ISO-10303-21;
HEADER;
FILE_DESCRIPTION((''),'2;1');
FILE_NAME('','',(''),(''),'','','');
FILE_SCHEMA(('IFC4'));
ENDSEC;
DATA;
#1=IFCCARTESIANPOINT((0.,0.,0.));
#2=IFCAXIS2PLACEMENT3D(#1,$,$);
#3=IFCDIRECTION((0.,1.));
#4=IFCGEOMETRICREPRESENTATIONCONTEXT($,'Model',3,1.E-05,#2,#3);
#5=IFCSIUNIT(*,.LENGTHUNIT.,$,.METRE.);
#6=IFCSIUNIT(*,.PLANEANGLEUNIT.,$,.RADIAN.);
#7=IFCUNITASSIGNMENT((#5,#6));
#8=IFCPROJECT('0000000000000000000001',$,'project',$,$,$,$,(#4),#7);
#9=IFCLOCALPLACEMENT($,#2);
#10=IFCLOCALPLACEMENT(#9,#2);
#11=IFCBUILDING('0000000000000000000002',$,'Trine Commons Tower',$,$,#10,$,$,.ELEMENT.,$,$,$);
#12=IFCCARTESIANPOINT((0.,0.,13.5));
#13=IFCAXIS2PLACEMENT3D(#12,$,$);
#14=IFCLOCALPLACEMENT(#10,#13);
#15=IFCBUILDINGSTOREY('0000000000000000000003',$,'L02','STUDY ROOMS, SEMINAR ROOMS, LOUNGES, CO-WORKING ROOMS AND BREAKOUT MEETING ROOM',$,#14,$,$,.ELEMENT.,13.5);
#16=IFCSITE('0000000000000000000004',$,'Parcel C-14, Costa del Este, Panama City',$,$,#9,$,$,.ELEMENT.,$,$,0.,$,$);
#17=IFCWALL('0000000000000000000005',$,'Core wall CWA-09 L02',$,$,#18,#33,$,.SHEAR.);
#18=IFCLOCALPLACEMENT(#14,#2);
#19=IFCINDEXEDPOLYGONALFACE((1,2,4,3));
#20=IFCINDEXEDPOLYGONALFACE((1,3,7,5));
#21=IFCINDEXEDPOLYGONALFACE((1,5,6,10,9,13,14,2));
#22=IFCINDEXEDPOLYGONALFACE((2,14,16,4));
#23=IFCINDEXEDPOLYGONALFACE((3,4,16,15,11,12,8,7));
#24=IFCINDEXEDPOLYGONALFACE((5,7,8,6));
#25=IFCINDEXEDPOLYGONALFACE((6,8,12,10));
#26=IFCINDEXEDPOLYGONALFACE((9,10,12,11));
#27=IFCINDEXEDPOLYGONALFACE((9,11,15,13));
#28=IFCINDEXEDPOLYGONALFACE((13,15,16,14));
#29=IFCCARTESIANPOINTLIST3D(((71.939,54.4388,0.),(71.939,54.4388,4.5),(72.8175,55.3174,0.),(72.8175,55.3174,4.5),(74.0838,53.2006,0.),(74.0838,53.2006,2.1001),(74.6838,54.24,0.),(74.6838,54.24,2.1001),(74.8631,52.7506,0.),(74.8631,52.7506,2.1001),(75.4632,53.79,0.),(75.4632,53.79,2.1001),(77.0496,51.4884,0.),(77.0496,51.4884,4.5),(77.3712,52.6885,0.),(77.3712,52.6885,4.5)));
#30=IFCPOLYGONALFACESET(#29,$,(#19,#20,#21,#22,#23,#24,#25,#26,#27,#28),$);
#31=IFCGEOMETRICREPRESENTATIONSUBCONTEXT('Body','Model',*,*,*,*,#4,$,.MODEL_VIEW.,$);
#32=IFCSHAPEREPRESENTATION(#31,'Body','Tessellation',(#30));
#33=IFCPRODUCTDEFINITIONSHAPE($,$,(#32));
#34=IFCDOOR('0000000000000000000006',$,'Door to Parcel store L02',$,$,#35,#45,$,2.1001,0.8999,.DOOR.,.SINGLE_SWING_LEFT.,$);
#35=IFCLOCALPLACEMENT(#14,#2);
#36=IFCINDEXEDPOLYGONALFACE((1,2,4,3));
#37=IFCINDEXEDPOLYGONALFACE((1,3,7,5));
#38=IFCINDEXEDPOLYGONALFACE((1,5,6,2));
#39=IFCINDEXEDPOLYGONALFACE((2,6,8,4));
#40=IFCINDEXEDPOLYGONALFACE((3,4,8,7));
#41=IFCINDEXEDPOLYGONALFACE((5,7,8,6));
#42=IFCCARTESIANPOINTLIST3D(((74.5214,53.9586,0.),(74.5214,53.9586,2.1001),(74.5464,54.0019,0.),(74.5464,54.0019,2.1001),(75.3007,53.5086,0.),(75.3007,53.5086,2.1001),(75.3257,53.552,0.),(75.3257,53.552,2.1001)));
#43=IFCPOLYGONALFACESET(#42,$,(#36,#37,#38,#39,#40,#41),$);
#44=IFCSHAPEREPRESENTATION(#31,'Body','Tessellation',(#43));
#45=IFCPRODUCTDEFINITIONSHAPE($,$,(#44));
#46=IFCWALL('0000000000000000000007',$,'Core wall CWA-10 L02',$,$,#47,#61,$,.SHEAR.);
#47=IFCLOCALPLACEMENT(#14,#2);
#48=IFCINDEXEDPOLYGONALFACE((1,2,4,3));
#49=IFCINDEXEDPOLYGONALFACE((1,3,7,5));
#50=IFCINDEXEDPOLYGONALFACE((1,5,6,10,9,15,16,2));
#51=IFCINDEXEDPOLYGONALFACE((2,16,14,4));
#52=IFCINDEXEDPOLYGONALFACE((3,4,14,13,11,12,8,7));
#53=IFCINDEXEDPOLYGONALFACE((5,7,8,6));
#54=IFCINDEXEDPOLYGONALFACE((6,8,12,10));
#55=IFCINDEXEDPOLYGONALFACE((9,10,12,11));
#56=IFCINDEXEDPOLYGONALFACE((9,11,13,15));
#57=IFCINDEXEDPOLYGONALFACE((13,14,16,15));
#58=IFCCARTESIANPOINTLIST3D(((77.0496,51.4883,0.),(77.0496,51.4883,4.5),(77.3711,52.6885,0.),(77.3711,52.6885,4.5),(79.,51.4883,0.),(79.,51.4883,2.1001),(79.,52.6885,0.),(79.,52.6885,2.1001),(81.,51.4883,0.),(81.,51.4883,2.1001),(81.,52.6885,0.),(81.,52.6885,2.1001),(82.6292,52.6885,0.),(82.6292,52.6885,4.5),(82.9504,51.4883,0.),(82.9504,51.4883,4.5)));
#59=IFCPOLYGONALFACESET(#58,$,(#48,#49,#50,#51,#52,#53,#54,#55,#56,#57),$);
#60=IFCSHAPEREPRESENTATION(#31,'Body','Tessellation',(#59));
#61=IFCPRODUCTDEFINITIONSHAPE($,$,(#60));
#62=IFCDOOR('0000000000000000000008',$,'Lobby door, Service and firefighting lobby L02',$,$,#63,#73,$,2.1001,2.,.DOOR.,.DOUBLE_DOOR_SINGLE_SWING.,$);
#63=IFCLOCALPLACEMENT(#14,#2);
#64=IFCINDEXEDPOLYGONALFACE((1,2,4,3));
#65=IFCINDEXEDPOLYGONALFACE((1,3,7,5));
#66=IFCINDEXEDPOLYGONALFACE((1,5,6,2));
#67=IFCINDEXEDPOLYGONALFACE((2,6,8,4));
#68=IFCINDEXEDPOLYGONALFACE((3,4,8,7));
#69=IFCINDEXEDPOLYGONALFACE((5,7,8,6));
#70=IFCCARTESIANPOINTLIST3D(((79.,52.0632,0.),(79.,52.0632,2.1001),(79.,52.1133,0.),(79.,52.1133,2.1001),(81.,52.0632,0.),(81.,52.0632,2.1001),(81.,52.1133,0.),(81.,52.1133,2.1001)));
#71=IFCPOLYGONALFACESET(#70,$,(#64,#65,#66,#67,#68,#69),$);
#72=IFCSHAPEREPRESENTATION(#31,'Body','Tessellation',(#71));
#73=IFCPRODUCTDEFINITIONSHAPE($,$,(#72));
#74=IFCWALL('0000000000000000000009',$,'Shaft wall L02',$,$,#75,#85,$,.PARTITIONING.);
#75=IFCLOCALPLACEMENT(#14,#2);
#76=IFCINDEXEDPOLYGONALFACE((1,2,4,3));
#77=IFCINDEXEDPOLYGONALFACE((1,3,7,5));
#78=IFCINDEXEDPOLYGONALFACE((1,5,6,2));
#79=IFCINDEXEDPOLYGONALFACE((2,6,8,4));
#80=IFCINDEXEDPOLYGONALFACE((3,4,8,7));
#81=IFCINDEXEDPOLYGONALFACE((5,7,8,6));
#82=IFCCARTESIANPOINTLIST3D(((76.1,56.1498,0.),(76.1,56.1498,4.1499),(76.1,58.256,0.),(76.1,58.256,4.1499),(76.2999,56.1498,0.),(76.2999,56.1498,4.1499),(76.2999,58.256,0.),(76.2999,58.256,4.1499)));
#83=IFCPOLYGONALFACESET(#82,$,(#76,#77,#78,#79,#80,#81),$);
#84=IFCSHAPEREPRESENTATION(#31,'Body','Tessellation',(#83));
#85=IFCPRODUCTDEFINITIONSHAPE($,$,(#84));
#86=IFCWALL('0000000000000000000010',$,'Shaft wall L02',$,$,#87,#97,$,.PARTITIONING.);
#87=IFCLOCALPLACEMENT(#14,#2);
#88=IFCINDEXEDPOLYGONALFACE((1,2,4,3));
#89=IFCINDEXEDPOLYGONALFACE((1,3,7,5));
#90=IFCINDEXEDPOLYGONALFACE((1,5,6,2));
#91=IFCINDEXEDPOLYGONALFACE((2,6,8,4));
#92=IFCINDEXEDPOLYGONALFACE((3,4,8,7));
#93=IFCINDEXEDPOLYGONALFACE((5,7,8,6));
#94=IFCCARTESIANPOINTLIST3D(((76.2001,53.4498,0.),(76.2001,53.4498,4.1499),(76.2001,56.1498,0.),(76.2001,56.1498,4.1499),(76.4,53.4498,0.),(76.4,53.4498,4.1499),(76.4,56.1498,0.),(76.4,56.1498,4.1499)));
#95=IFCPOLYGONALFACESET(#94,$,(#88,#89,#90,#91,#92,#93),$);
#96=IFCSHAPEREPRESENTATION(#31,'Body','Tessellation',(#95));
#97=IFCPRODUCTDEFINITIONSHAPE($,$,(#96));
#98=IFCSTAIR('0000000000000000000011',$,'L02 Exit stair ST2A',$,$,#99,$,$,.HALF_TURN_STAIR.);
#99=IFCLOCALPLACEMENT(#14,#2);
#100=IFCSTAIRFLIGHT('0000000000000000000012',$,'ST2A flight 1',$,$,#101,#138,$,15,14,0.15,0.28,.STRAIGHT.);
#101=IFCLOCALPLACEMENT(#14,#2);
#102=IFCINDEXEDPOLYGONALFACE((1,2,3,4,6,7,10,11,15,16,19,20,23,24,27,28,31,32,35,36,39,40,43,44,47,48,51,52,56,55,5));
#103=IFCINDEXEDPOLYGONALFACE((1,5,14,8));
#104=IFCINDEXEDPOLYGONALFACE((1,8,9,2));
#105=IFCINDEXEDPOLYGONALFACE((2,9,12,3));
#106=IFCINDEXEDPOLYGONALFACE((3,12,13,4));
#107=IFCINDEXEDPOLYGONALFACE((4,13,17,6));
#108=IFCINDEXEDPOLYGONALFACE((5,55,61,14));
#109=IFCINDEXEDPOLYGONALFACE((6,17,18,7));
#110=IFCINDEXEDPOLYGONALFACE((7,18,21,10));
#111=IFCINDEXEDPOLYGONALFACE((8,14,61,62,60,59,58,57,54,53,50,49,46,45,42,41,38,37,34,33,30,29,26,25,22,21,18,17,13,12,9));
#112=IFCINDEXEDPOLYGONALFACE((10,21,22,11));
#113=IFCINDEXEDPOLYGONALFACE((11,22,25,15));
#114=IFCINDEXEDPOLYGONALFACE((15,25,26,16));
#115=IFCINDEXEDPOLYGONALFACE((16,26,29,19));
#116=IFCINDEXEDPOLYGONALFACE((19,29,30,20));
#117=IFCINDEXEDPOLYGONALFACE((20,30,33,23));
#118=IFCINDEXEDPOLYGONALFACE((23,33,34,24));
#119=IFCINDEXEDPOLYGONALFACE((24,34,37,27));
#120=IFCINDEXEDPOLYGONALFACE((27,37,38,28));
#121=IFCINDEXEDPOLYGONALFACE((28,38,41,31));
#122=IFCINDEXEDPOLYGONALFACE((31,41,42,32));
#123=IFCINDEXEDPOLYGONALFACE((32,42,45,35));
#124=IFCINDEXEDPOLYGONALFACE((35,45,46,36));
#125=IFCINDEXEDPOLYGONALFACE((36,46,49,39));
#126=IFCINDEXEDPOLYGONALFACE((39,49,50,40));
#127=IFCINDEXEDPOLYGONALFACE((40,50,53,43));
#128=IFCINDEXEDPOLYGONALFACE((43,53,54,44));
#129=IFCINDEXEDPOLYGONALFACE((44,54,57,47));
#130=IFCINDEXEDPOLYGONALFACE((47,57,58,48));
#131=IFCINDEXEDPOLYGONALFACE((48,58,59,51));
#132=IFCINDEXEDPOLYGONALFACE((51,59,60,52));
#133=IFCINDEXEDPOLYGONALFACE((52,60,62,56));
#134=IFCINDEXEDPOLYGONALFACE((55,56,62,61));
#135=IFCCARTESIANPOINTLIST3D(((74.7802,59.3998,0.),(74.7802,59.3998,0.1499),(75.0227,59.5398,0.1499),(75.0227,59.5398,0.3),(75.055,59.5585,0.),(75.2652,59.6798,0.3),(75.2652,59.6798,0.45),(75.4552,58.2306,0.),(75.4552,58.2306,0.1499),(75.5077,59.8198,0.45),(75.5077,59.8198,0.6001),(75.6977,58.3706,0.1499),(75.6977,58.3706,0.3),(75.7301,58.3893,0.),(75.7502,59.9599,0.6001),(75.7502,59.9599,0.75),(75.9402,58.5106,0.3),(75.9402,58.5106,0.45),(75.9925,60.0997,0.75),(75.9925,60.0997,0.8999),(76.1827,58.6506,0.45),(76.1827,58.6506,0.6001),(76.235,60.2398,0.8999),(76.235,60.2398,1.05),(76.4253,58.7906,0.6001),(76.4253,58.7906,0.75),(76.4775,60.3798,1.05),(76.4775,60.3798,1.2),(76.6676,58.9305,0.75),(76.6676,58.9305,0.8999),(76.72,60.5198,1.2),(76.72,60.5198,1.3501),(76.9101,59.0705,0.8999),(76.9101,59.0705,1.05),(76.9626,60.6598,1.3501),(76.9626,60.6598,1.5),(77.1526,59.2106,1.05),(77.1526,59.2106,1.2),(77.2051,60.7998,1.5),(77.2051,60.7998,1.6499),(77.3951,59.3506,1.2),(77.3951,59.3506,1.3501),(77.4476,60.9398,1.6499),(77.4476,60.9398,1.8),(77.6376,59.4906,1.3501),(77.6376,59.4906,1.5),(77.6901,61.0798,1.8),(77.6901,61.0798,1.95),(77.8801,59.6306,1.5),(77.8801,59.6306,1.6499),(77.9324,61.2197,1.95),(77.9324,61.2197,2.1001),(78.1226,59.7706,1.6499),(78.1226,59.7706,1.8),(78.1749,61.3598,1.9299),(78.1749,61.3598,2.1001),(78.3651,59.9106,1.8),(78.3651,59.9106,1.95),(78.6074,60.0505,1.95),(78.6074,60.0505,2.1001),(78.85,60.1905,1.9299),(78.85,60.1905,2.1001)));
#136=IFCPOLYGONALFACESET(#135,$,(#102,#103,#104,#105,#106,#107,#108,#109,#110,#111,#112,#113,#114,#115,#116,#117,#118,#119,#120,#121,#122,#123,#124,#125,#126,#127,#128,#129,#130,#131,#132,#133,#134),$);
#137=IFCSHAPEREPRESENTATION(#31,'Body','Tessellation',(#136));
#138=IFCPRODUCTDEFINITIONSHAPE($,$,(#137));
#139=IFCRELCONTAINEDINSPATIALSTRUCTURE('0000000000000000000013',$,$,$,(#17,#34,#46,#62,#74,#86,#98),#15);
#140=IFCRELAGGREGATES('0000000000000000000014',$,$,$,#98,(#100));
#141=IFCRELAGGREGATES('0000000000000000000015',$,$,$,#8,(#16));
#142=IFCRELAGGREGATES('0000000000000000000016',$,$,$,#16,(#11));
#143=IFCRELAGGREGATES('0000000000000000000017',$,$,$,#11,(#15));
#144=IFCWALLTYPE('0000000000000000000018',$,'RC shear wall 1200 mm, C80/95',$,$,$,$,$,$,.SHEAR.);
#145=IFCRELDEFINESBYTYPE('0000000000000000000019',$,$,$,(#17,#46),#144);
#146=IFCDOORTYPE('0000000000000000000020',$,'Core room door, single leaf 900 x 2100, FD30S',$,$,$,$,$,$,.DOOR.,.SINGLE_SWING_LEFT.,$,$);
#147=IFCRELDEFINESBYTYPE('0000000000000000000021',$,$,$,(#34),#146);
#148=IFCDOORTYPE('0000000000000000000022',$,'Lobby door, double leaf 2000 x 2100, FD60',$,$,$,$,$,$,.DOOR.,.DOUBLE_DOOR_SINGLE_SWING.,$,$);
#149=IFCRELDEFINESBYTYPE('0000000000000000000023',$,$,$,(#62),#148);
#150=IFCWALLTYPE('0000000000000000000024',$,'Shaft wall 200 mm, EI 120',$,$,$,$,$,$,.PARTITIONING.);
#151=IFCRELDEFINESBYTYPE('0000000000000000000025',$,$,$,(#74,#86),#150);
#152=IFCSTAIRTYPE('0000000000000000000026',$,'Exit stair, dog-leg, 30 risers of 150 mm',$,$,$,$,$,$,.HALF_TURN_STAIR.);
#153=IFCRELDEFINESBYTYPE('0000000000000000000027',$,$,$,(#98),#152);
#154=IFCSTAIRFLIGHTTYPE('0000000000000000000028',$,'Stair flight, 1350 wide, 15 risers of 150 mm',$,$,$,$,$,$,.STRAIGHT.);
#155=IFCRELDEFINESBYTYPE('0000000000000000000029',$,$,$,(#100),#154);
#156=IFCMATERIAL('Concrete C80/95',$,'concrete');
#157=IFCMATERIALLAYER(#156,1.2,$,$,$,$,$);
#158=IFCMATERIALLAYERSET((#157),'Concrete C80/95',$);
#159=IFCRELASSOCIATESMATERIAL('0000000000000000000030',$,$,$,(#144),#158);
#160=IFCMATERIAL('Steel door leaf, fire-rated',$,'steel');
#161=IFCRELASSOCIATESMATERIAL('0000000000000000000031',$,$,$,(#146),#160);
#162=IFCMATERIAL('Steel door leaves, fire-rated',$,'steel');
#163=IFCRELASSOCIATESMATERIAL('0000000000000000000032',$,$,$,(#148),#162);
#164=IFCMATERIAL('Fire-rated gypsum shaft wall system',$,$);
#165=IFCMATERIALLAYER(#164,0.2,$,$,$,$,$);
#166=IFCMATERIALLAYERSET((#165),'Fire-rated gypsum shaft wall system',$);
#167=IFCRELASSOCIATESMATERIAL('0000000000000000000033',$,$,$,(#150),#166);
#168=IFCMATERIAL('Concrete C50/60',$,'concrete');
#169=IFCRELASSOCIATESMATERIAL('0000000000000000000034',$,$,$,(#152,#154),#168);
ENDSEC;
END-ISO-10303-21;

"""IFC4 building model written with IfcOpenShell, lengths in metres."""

from ifc_helpers import new_model, si_unit, direction, frame, frame_2d, origin, place, context, subcontext, project, spatial, polyline, rectangle, outline, extrude, material, layer, layer_set, type_object, element, fill, aggregate, save


model = new_model("IFC4")

# Units and contexts
model_context = context("Model", 3, precision=1e-05, world=origin(), true_north=direction((0.0, 1.0)))
body_context = subcontext(model_context, "Body", "Model", "MODEL_VIEW")
ifc_project = project(units=[si_unit("LENGTHUNIT", "METRE"), si_unit("PLANEANGLEUNIT", "RADIAN")], contexts=[model_context])

# Site, building, storey
site_placement = place(None, origin())
site = spatial("IfcSite", under=ifc_project, at=site_placement, Name="Parcel C-14, Costa del Este, Panama City", CompositionType="ELEMENT", RefElevation=0.0)
building_placement = place(site_placement, origin())
building = spatial("IfcBuilding", under=site, at=building_placement, Name="Trine Commons Tower", CompositionType="ELEMENT")
storey_placement = place(building_placement, frame((0.0, 0.0, 13.5)))
storey = spatial("IfcBuildingStorey", under=building, at=storey_placement, Name="L02", Description="STUDY ROOMS, SEMINAR ROOMS, LOUNGES, CO-WORKING ROOMS AND BREAKOUT MEETING ROOM", CompositionType="ELEMENT", Elevation=13.5)

# Shared definitions
ifc_material_1 = material(Name="Concrete C80/95", Category="concrete")

# Shared definitions
ifc_material_2 = material(Name="Concrete C50/60", Category="concrete")

# Walls, openings, doors
ifc_layer_1 = layer(ifc_material_1, 1.2)
ifc_layer_set_1 = layer_set([ifc_layer_1], Name="Concrete C80/95")
wall_type_1 = type_object("IfcWallType", Name="RC shear wall 1200 mm, C80/95", PredefinedType="SHEAR", material=ifc_layer_set_1)
wall_1_placement = place(storey_placement, frame((72.239, 54.9585, 0.0), z_axis=(0.0, 0.0, 1.0), x_axis=(0.866037, -0.499979, 0.0)))
wall_1 = element("IfcWall", 1, at=wall_1_placement, inside=storey, type_object=wall_type_1, Name="Core wall CWA-09 L02", PredefinedType="SHEAR", context=body_context, shape_type="SweptSolid", body=[
    extrude(outline(polyline([(0.0, -0.6001), (5.9011, -0.6001), (5.5796, 0.6001), (0.3215, 0.6001), (0.0, -0.6001)])), origin(), (0.0, 0.0, 1.0), 4.5),
])
opening_1_placement = place(wall_1_placement, frame((2.4766, 0.0, 0.0)))
opening_1 = element("IfcOpeningElement", 2, at=opening_1_placement, cuts=wall_1, PredefinedType="OPENING", context=body_context, shape_type="SweptSolid", body=[
    extrude(rectangle(XDim=0.8999, YDim=2.1001, at=frame_2d((0.45, 1.05))), frame((0.0, 0.6099, 0.0), z_axis=(0.0, -1.0, 0.0), x_axis=(1.0, 0.0, 0.0)), (0.0, 0.0, 1.0), 1.22),
])
ifc_material_3 = material(Name="Steel door leaf, fire-rated", Category="steel")
door_type_1 = type_object("IfcDoorType", Name="Core room door, single leaf 900 x 2100, FD30S", OperationType="SINGLE_SWING_LEFT", PredefinedType="DOOR", material=ifc_material_3)
door_1_placement = place(opening_1_placement, origin())
door_1 = element("IfcDoor", 3, at=door_1_placement, inside=storey, type_object=door_type_1, Name="Door to Parcel store L02", OperationType="SINGLE_SWING_LEFT", OverallHeight=2.1001, OverallWidth=0.8999, PredefinedType="DOOR", context=body_context, shape_type="SweptSolid", body=[
    extrude(rectangle(XDim=0.8999, YDim=2.1001, at=frame_2d((0.45, 1.05))), frame((0.0, 0.3252, 0.0), z_axis=(0.0, -1.0, 0.0), x_axis=(1.0, 0.0, 0.0)), (0.0, 0.0, 1.0), 0.05),
])
fill(opening_1, door_1)
wall_2_placement = place(storey_placement, frame((77.0496, 52.0884, 0.0), z_axis=(0.0, 0.0, 1.0), x_axis=(1.0, 0.0, 0.0)))
wall_2 = element("IfcWall", 4, at=wall_2_placement, inside=storey, type_object=wall_type_1, Name="Core wall CWA-10 L02", PredefinedType="SHEAR", context=body_context, shape_type="SweptSolid", body=[
    extrude(outline(polyline([(0.0, -0.6001), (5.9009, -0.6001), (5.5796, 0.6001), (0.3215, 0.6001), (0.0, -0.6001)])), origin(), (0.0, 0.0, 1.0), 4.5),
])
opening_2_placement = place(wall_2_placement, frame((1.9504, 0.0, 0.0)))
opening_2 = element("IfcOpeningElement", 5, at=opening_2_placement, cuts=wall_2, PredefinedType="OPENING", context=body_context, shape_type="SweptSolid", body=[
    extrude(rectangle(XDim=2.0, YDim=2.1001, at=frame_2d((1.0, 1.05))), frame((0.0, 0.6099, 0.0), z_axis=(0.0, -1.0, 0.0), x_axis=(1.0, 0.0, 0.0)), (0.0, 0.0, 1.0), 1.22),
])
ifc_material_4 = material(Name="Steel door leaves, fire-rated", Category="steel")
door_type_2 = type_object("IfcDoorType", Name="Lobby door, double leaf 2000 x 2100, FD60", OperationType="DOUBLE_DOOR_SINGLE_SWING", PredefinedType="DOOR", material=ifc_material_4)
door_2_placement = place(opening_2_placement, origin())
door_2 = element("IfcDoor", 6, at=door_2_placement, inside=storey, type_object=door_type_2, Name="Lobby door, Service and firefighting lobby L02", OperationType="DOUBLE_DOOR_SINGLE_SWING", OverallHeight=2.1001, OverallWidth=2.0, PredefinedType="DOOR", context=body_context, shape_type="SweptSolid", body=[
    extrude(rectangle(XDim=2.0, YDim=2.1001, at=frame_2d((1.0, 1.05))), frame((0.0, 0.0249, 0.0), z_axis=(0.0, -1.0, 0.0), x_axis=(1.0, 0.0, 0.0)), (0.0, 0.0, 1.0), 0.05),
])
fill(opening_2, door_2)

# Walls
ifc_material_5 = material(Name="Fire-rated gypsum shaft wall system")
ifc_layer_2 = layer(ifc_material_5, 0.2)
ifc_layer_set_2 = layer_set([ifc_layer_2], Name="Fire-rated gypsum shaft wall system")
wall_type_2 = type_object("IfcWallType", Name="Shaft wall 200 mm, EI 120", PredefinedType="PARTITIONING", material=ifc_layer_set_2)
wall_3_placement = place(storey_placement, frame((76.2, 58.2561, 0.0), z_axis=(0.0, 0.0, 1.0), x_axis=(0.0, -1.0, 0.0)))
element("IfcWall", 7, at=wall_3_placement, inside=storey, type_object=wall_type_2, Name="Shaft wall L02", PredefinedType="PARTITIONING", context=body_context, shape_type="SweptSolid", body=[
    extrude(rectangle(XDim=2.1062, YDim=0.2, at=frame_2d((1.0532, 0.0))), origin(), (0.0, 0.0, 1.0), 4.1499),
])
wall_4_placement = place(storey_placement, frame((76.3, 56.1499, 0.0), z_axis=(0.0, 0.0, 1.0), x_axis=(0.0, -1.0, 0.0)))
element("IfcWall", 8, at=wall_4_placement, inside=storey, type_object=wall_type_2, Name="Shaft wall L02", PredefinedType="PARTITIONING", context=body_context, shape_type="SweptSolid", body=[
    extrude(rectangle(XDim=2.7, YDim=0.2, at=frame_2d((1.3501, 0.0))), origin(), (0.0, 0.0, 1.0), 4.1499),
])

# Stair, stair flight
stair_type = type_object("IfcStairType", Name="Exit stair, dog-leg, 30 risers of 150 mm", PredefinedType="HALF_TURN_STAIR", material=ifc_material_2)
stair_placement = place(storey_placement, origin())
stair = element("IfcStair", 9, at=stair_placement, inside=storey, type_object=stair_type, Name="L02 Exit stair ST2A", PredefinedType="HALF_TURN_STAIR")
stair_flight_type = type_object("IfcStairFlightType", Name="Stair flight, 1350 wide, 15 risers of 150 mm", PredefinedType="STRAIGHT", material=ifc_material_2)
stair_flight_placement = place(storey_placement, frame((75.1177, 58.8152, 0.0), z_axis=(0.0, 0.0, 1.0), x_axis=(0.866025, 0.5, 0.0)))
stair_flight = element("IfcStairFlight", 10, at=stair_flight_placement, type_object=stair_flight_type, Name="ST2A flight 1", NumberOfRisers=15, NumberOfTreads=14, PredefinedType="STRAIGHT", RiserHeight=0.15, TreadLength=0.28, context=body_context, shape_type="SweptSolid", body=[
    extrude(outline(polyline([(0.0, 0.0), (0.0, 0.1499), (0.28, 0.1499), (0.28, 0.3), (0.5601, 0.3), (0.5601, 0.45), (0.8401, 0.45), (0.8401, 0.6001), (1.1201, 0.6001), (1.1201, 0.75), (1.3999, 0.75), (1.3999, 0.8999), (1.6799, 0.8999), (1.6799, 1.05), (1.96, 1.05), (1.96, 1.2), (2.24, 1.2), (2.24, 1.3501), (2.52, 1.3501), (2.52, 1.5), (2.8, 1.5), (2.8, 1.6499), (3.0801, 1.6499), (3.0801, 1.8), (3.3601, 1.8), (3.3601, 1.95), (3.6399, 1.95), (3.6399, 2.1001), (3.9199, 2.1001), (3.9199, 2.25), (3.9199, 1.9299), (0.3174, 0.0), (0.0, 0.0)])), frame((0.0, 0.675, 0.0), z_axis=(0.0, -1.0, 0.0), x_axis=(1.0, 0.0, 0.0)), (0.0, 0.0, 1.0), 1.3501),
])
aggregate(stair, [stair_flight])

save(model, "model.ifc")
